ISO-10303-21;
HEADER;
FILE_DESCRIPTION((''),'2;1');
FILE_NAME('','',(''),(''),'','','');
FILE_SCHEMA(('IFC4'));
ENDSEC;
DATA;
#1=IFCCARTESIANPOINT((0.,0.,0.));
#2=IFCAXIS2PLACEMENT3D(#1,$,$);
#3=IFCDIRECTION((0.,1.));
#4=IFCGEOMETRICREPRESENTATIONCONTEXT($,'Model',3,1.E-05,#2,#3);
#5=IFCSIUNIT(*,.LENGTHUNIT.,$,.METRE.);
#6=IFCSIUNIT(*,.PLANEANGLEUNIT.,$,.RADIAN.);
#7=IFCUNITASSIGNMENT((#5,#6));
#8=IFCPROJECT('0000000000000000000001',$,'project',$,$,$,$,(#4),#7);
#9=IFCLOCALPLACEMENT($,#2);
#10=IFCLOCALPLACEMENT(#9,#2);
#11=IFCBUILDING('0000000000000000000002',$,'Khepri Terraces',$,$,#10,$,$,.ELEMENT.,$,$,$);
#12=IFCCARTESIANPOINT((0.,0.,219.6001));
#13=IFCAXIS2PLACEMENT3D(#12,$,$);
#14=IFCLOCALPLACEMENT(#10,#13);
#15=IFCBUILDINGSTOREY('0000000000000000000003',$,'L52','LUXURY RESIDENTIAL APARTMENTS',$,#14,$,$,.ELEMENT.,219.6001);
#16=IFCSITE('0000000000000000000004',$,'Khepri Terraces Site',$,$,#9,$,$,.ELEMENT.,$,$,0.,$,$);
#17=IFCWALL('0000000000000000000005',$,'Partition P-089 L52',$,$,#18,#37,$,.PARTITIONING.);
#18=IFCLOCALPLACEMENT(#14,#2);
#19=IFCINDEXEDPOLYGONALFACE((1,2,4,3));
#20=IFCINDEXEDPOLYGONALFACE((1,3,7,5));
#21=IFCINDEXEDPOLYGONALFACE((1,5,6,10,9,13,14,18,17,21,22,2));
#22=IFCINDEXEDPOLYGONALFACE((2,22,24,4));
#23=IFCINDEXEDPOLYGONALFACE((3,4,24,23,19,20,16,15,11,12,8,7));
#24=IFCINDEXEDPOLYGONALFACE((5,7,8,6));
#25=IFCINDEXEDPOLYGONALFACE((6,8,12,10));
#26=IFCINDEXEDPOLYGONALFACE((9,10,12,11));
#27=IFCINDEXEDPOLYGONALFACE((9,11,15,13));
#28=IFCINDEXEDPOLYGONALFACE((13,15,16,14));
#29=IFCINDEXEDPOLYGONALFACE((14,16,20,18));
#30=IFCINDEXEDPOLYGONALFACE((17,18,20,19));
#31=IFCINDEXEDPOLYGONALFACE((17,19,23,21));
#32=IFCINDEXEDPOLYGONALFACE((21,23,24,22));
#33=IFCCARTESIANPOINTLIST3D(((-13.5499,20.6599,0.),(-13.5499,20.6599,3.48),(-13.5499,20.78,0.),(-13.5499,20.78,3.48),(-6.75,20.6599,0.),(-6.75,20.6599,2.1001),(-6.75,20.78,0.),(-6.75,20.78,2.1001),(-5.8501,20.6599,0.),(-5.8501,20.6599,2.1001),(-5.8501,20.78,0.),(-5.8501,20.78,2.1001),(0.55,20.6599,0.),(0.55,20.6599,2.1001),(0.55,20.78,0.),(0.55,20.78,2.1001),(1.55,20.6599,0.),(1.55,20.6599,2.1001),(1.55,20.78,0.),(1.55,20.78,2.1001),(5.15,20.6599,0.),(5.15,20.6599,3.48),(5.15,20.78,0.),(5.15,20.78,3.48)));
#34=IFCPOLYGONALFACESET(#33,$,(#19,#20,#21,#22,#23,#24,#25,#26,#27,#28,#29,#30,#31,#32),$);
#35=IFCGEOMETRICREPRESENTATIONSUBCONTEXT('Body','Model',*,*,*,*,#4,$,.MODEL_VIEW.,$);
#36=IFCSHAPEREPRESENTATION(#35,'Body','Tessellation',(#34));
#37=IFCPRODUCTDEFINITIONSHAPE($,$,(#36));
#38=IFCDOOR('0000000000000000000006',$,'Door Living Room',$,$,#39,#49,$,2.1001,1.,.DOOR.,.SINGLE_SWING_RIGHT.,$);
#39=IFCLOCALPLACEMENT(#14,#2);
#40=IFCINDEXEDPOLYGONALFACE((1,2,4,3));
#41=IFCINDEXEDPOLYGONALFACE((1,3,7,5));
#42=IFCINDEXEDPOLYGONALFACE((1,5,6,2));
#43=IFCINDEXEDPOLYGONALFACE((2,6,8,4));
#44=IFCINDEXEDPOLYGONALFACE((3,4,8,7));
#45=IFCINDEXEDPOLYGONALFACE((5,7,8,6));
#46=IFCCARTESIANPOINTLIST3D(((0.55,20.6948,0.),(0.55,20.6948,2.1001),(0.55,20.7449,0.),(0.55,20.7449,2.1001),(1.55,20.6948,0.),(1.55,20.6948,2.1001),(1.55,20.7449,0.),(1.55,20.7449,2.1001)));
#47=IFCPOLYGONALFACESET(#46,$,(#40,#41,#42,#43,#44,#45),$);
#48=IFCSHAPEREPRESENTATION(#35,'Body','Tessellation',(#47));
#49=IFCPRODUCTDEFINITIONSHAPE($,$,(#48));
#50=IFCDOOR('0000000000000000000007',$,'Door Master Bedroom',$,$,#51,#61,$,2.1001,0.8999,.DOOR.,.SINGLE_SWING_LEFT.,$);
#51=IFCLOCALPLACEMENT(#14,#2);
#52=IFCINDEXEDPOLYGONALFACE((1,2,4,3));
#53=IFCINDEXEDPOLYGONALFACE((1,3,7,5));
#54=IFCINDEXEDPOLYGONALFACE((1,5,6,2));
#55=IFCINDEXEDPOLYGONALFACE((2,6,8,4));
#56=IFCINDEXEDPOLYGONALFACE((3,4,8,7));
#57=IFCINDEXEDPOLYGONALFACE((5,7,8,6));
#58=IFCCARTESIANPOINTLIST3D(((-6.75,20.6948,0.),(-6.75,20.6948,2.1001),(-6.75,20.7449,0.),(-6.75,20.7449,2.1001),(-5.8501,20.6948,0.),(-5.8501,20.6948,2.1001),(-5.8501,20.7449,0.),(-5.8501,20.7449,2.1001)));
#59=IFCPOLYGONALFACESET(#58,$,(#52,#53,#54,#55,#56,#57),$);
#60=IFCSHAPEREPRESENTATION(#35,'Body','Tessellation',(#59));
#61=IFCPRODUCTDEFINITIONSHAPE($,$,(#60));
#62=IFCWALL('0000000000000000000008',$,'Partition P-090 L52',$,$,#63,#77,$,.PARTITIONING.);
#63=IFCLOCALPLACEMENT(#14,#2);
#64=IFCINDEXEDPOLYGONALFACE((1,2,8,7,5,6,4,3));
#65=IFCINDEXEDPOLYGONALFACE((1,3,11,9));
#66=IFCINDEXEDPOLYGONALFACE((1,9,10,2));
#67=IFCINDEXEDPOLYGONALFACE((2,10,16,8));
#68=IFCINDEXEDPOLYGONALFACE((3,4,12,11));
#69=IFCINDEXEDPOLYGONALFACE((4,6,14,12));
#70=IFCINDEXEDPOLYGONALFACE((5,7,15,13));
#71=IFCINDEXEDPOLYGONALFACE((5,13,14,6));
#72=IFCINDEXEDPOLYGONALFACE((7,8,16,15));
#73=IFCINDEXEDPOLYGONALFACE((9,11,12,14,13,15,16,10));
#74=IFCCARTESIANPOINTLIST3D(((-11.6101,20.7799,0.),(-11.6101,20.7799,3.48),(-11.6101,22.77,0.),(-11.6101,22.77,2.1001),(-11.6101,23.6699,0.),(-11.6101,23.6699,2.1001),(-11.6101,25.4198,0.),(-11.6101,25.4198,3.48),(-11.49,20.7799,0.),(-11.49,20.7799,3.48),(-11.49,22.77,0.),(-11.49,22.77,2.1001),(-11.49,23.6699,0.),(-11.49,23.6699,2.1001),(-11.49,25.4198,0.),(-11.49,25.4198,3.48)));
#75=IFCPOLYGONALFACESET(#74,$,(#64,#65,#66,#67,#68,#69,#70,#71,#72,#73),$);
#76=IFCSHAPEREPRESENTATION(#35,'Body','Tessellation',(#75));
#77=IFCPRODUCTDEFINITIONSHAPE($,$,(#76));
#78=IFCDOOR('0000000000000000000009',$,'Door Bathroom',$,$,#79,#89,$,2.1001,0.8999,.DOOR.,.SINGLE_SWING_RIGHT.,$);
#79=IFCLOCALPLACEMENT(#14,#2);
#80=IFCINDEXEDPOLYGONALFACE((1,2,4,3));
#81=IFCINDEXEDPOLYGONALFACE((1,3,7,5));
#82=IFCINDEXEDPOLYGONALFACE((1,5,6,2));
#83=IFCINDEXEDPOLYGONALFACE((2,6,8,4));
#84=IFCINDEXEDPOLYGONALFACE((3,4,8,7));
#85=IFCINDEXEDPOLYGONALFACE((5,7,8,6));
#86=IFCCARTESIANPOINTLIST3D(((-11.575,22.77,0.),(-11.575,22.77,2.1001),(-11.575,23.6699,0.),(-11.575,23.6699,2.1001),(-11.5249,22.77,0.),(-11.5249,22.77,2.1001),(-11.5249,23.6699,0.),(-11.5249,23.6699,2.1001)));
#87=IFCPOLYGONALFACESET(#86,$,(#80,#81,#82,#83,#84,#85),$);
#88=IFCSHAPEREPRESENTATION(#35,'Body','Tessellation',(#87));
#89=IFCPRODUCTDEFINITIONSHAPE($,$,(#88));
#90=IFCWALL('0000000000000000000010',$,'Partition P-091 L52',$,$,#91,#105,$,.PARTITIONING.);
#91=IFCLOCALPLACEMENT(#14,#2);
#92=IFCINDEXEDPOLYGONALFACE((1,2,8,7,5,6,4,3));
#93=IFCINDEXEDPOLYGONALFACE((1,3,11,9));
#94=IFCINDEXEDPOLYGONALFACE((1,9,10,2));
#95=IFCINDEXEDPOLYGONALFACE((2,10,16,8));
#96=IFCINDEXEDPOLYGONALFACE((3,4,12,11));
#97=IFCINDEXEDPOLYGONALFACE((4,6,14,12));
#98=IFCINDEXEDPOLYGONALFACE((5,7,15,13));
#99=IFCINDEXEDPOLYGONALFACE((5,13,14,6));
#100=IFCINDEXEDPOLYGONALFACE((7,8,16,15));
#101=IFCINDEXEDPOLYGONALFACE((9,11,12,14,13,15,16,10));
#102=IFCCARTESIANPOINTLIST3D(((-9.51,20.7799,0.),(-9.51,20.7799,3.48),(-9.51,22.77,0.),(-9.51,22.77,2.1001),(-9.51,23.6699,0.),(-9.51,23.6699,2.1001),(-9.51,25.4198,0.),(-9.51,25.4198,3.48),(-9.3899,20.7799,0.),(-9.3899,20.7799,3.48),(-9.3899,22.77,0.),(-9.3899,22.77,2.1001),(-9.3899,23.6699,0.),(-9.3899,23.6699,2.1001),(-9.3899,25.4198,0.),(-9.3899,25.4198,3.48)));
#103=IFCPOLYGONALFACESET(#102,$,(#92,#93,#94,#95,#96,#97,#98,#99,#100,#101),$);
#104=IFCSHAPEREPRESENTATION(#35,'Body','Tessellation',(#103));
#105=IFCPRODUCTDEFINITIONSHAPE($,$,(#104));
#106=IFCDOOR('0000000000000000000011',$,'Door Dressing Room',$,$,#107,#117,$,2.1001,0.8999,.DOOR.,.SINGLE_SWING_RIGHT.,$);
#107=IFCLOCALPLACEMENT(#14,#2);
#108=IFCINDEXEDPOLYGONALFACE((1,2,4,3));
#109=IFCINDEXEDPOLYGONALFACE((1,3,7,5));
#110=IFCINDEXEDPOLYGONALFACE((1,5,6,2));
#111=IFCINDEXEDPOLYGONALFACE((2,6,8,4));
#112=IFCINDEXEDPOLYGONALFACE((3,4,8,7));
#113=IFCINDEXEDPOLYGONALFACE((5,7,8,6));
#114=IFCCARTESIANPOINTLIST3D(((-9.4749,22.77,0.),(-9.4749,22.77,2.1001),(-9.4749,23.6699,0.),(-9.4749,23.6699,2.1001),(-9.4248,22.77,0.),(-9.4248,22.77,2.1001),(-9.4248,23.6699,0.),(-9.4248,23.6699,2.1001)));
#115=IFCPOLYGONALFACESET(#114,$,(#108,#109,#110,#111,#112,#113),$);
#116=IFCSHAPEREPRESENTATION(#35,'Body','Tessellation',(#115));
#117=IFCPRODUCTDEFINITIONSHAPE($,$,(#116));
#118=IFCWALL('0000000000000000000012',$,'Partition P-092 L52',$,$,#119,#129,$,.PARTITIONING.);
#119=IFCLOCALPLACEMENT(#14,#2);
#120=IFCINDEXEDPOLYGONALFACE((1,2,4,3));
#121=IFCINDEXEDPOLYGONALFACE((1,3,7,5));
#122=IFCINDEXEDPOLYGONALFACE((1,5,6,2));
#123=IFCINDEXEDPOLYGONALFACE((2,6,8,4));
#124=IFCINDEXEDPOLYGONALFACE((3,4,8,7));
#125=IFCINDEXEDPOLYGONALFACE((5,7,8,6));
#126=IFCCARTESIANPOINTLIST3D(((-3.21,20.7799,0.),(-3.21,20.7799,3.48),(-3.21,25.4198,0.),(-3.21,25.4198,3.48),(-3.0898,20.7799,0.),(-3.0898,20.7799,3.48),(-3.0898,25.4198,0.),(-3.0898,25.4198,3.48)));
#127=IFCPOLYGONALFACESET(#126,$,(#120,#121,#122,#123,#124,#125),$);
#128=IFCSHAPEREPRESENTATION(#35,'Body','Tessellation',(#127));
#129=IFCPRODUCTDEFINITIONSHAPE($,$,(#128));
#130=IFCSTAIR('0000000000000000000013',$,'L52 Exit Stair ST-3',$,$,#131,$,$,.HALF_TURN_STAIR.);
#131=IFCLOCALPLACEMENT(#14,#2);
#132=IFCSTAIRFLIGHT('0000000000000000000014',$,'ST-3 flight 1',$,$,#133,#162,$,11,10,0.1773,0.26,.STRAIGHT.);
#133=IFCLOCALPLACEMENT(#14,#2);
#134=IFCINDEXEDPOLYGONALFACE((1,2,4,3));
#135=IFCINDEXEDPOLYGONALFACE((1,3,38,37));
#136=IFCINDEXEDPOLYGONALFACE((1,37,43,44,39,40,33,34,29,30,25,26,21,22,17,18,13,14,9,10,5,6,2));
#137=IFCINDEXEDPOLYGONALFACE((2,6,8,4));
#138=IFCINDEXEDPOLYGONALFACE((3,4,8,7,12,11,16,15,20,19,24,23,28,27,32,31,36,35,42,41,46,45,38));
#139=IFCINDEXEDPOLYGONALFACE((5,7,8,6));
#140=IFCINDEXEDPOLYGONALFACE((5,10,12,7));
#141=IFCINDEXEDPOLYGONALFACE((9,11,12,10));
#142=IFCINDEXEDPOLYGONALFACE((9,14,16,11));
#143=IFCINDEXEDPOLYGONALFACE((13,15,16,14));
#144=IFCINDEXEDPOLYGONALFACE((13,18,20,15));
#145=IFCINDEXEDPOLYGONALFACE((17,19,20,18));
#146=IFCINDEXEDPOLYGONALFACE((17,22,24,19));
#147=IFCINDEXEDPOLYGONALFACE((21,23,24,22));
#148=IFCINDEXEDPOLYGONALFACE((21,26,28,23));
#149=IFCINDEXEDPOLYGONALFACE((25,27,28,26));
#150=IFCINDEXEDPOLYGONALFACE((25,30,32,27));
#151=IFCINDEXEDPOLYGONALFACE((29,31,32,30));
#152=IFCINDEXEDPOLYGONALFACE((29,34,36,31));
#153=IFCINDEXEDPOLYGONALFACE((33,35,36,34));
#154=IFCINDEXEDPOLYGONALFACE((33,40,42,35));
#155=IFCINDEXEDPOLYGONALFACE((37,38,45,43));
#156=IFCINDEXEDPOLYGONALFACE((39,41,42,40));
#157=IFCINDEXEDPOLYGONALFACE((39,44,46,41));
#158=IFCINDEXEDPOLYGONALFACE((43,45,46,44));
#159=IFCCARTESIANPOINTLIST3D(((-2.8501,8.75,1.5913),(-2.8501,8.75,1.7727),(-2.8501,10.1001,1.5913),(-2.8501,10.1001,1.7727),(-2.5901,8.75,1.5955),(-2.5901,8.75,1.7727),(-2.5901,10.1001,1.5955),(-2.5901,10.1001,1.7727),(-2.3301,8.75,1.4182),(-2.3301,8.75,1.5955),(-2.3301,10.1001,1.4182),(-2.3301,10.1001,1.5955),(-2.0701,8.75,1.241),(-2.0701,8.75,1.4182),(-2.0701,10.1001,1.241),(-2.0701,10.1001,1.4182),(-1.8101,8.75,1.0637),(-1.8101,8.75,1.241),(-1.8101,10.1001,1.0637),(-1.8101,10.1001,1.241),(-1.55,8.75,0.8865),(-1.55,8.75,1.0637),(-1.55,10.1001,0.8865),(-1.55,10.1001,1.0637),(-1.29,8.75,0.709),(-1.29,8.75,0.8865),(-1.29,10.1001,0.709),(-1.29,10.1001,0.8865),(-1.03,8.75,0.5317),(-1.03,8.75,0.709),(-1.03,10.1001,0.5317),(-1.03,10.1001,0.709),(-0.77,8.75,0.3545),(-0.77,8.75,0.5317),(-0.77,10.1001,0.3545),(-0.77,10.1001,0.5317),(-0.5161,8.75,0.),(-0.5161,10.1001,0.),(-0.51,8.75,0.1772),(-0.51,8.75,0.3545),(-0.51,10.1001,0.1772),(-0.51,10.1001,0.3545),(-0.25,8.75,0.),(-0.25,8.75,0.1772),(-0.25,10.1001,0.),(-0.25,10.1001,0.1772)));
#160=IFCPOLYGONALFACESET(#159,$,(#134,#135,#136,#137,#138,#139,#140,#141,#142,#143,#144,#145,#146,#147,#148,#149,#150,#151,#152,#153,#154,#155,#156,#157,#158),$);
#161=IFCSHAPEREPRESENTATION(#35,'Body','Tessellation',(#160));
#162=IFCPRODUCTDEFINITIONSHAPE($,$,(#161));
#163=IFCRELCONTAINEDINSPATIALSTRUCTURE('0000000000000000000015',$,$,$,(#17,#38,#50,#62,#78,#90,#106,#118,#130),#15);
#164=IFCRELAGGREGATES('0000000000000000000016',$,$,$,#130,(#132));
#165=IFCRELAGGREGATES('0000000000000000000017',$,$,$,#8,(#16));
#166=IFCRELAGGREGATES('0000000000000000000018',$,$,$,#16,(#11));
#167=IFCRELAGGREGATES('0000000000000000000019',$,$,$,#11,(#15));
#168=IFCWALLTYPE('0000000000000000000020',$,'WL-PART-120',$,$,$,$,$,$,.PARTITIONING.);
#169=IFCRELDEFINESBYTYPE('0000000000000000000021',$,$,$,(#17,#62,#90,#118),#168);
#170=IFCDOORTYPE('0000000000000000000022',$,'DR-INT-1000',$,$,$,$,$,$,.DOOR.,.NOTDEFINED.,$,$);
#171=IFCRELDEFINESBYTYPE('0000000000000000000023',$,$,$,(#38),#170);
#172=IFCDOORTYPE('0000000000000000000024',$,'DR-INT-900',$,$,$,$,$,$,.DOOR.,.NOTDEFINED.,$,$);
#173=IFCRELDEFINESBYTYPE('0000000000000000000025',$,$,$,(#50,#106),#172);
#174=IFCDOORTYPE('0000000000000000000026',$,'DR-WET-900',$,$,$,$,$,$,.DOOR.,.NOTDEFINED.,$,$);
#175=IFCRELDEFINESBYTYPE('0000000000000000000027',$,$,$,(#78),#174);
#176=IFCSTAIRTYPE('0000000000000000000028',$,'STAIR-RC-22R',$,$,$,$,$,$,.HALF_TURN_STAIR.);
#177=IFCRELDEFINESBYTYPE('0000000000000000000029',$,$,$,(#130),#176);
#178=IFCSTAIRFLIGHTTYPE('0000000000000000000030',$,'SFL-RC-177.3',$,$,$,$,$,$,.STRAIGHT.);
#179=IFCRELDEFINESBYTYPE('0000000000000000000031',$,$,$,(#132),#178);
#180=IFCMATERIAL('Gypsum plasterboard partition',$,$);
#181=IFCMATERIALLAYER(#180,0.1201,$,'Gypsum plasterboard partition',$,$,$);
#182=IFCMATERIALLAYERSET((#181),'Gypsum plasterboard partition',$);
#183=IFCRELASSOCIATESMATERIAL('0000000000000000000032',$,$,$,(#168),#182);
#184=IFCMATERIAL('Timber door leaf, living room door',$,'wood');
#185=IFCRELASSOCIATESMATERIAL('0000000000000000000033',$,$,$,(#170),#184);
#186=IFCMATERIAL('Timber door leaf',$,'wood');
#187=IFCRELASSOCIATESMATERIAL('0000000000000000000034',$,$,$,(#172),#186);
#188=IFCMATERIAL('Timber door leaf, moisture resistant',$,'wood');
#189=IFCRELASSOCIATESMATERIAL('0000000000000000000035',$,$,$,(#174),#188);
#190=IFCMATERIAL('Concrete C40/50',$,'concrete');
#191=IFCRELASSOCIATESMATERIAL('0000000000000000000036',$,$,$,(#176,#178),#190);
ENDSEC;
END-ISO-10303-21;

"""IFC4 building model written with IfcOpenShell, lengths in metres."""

from ifc_helpers import new_model, si_unit, direction, frame, frame_2d, origin, place, context, subcontext, project, spatial, polyline, rectangle, outline, extrude, material, layer, layer_set, type_object, element, fill, aggregate, save


model = new_model("IFC4")

# Units and contexts
model_context = context("Model", 3, precision=1e-05, world=origin(), true_north=direction((0.0, 1.0)))
body_context = subcontext(model_context, "Body", "Model", "MODEL_VIEW")
ifc_project = project(units=[si_unit("LENGTHUNIT", "METRE"), si_unit("PLANEANGLEUNIT", "RADIAN")], contexts=[model_context])

# Site, building, storey
site_placement = place(None, origin())
site = spatial("IfcSite", under=ifc_project, at=site_placement, Name="Khepri Terraces Site", CompositionType="ELEMENT", RefElevation=0.0)
building_placement = place(site_placement, origin())
building = spatial("IfcBuilding", under=site, at=building_placement, Name="Khepri Terraces", CompositionType="ELEMENT")
storey_placement = place(building_placement, frame((0.0, 0.0, 219.6001)))
storey = spatial("IfcBuildingStorey", under=building, at=storey_placement, Name="L52", Description="LUXURY RESIDENTIAL APARTMENTS", CompositionType="ELEMENT", Elevation=219.6001)

# Shared definitions
ifc_material_1 = material(Name="Gypsum plasterboard partition")
ifc_layer_1 = layer(ifc_material_1, 0.1201, Name="Gypsum plasterboard partition")
ifc_layer_set_1 = layer_set([ifc_layer_1], Name="Gypsum plasterboard partition")
wall_type_1 = type_object("IfcWallType", Name="WL-PART-120", PredefinedType="PARTITIONING", material=ifc_layer_set_1)

# Wall, openings, doors
wall_1_placement = place(storey_placement, frame((-13.55, 20.72, 0.0), z_axis=(0.0, 0.0, 1.0), x_axis=(1.0, 0.0, 0.0)))
wall_1 = element("IfcWall", 1, at=wall_1_placement, inside=storey, type_object=wall_type_1, Name="Partition P-089 L52", PredefinedType="PARTITIONING", context=body_context, shape_type="SweptSolid", body=[
    extrude(rectangle(XDim=18.7, YDim=0.1201, at=frame_2d((9.3501, 0.0))), origin(), (0.0, 0.0, 1.0), 3.48),
])
opening_1_placement = place(wall_1_placement, frame((14.1001, 0.0, 0.0)))
opening_1 = element("IfcOpeningElement", 2, at=opening_1_placement, cuts=wall_1, PredefinedType="OPENING", context=body_context, shape_type="SweptSolid", body=[
    extrude(rectangle(XDim=1.0, YDim=2.1001, at=frame_2d((0.5, 1.05))), frame((0.0, 0.0701, 0.0), z_axis=(0.0, -1.0, 0.0), x_axis=(1.0, 0.0, 0.0)), (0.0, 0.0, 1.0), 0.1401),
])
opening_2_placement = place(wall_1_placement, frame((6.8, 0.0, 0.0)))
opening_2 = element("IfcOpeningElement", 3, at=opening_2_placement, cuts=wall_1, PredefinedType="OPENING", context=body_context, shape_type="SweptSolid", body=[
    extrude(rectangle(XDim=0.8999, YDim=2.1001, at=frame_2d((0.45, 1.05))), frame((0.0, 0.0701, 0.0), z_axis=(0.0, -1.0, 0.0), x_axis=(1.0, 0.0, 0.0)), (0.0, 0.0, 1.0), 0.1401),
])
ifc_material_2 = material(Name="Timber door leaf, living room door", Category="wood")
door_type_1 = type_object("IfcDoorType", Name="DR-INT-1000", OperationType="NOTDEFINED", PredefinedType="DOOR", material=ifc_material_2)
door_1_placement = place(opening_1_placement, origin())
door_1 = element("IfcDoor", 4, at=door_1_placement, inside=storey, type_object=door_type_1, Name="Door Living Room", OperationType="SINGLE_SWING_RIGHT", OverallHeight=2.1001, OverallWidth=1.0, PredefinedType="DOOR", context=body_context, shape_type="SweptSolid", body=[
    extrude(rectangle(XDim=1.0, YDim=2.1001, at=frame_2d((0.5, 1.05))), frame((0.0, 0.0249, 0.0), z_axis=(0.0, -1.0, 0.0), x_axis=(1.0, 0.0, 0.0)), (0.0, 0.0, 1.0), 0.05),
])
fill(opening_1, door_1)
ifc_material_3 = material(Name="Timber door leaf", Category="wood")
door_type_2 = type_object("IfcDoorType", Name="DR-INT-900", OperationType="NOTDEFINED", PredefinedType="DOOR", material=ifc_material_3)
door_2_placement = place(opening_2_placement, origin())
door_2 = element("IfcDoor", 5, at=door_2_placement, inside=storey, type_object=door_type_2, Name="Door Master Bedroom", OperationType="SINGLE_SWING_LEFT", OverallHeight=2.1001, OverallWidth=0.8999, PredefinedType="DOOR", context=body_context, shape_type="SweptSolid", body=[
    extrude(rectangle(XDim=0.8999, YDim=2.1001, at=frame_2d((0.45, 1.05))), frame((0.0, 0.0249, 0.0), z_axis=(0.0, -1.0, 0.0), x_axis=(1.0, 0.0, 0.0)), (0.0, 0.0, 1.0), 0.05),
])
fill(opening_2, door_2)

# Walls, openings, doors
wall_2_placement = place(storey_placement, frame((-11.55, 20.78, 0.0), z_axis=(0.0, 0.0, 1.0), x_axis=(0.0, 1.0, 0.0)))
wall_2 = element("IfcWall", 6, at=wall_2_placement, inside=storey, type_object=wall_type_1, Name="Partition P-090 L52", PredefinedType="PARTITIONING", context=body_context, shape_type="SweptSolid", body=[
    extrude(rectangle(XDim=4.6399, YDim=0.1201, at=frame_2d((2.3198, 0.0))), origin(), (0.0, 0.0, 1.0), 3.48),
])
opening_3_placement = place(wall_2_placement, frame((1.99, 0.0, 0.0)))
opening_3 = element("IfcOpeningElement", 7, at=opening_3_placement, cuts=wall_2, PredefinedType="OPENING", context=body_context, shape_type="SweptSolid", body=[
    extrude(rectangle(XDim=0.8999, YDim=2.1001, at=frame_2d((0.45, 1.05))), frame((0.0, 0.0701, 0.0), z_axis=(0.0, -1.0, 0.0), x_axis=(1.0, 0.0, 0.0)), (0.0, 0.0, 1.0), 0.1401),
])
ifc_material_4 = material(Name="Timber door leaf, moisture resistant", Category="wood")
door_type_3 = type_object("IfcDoorType", Name="DR-WET-900", OperationType="NOTDEFINED", PredefinedType="DOOR", material=ifc_material_4)
door_3_placement = place(opening_3_placement, origin())
door_3 = element("IfcDoor", 8, at=door_3_placement, inside=storey, type_object=door_type_3, Name="Door Bathroom", OperationType="SINGLE_SWING_RIGHT", OverallHeight=2.1001, OverallWidth=0.8999, PredefinedType="DOOR", context=body_context, shape_type="SweptSolid", body=[
    extrude(rectangle(XDim=0.8999, YDim=2.1001, at=frame_2d((0.45, 1.05))), frame((0.0, 0.0249, 0.0), z_axis=(0.0, -1.0, 0.0), x_axis=(1.0, 0.0, 0.0)), (0.0, 0.0, 1.0), 0.05),
])
fill(opening_3, door_3)
wall_3_placement = place(storey_placement, frame((-9.45, 20.78, 0.0), z_axis=(0.0, 0.0, 1.0), x_axis=(0.0, 1.0, 0.0)))
wall_3 = element("IfcWall", 9, at=wall_3_placement, inside=storey, type_object=wall_type_1, Name="Partition P-091 L52", PredefinedType="PARTITIONING", context=body_context, shape_type="SweptSolid", body=[
    extrude(rectangle(XDim=4.6399, YDim=0.1201, at=frame_2d((2.3198, 0.0))), origin(), (0.0, 0.0, 1.0), 3.48),
])
opening_4_placement = place(wall_3_placement, frame((1.99, 0.0, 0.0)))
opening_4 = element("IfcOpeningElement", 10, at=opening_4_placement, cuts=wall_3, PredefinedType="OPENING", context=body_context, shape_type="SweptSolid", body=[
    extrude(rectangle(XDim=0.8999, YDim=2.1001, at=frame_2d((0.45, 1.05))), frame((0.0, 0.0701, 0.0), z_axis=(0.0, -1.0, 0.0), x_axis=(1.0, 0.0, 0.0)), (0.0, 0.0, 1.0), 0.1401),
])
door_4_placement = place(opening_4_placement, origin())
door_4 = element("IfcDoor", 11, at=door_4_placement, inside=storey, type_object=door_type_2, Name="Door Dressing Room", OperationType="SINGLE_SWING_RIGHT", OverallHeight=2.1001, OverallWidth=0.8999, PredefinedType="DOOR", context=body_context, shape_type="SweptSolid", body=[
    extrude(rectangle(XDim=0.8999, YDim=2.1001, at=frame_2d((0.45, 1.05))), frame((0.0, 0.0249, 0.0), z_axis=(0.0, -1.0, 0.0), x_axis=(1.0, 0.0, 0.0)), (0.0, 0.0, 1.0), 0.05),
])
fill(opening_4, door_4)

# Wall
wall_4_placement = place(storey_placement, frame((-3.1499, 20.78, 0.0), z_axis=(0.0, 0.0, 1.0), x_axis=(0.0, 1.0, 0.0)))
element("IfcWall", 12, at=wall_4_placement, inside=storey, type_object=wall_type_1, Name="Partition P-092 L52", PredefinedType="PARTITIONING", context=body_context, shape_type="SweptSolid", body=[
    extrude(rectangle(XDim=4.6399, YDim=0.1201, at=frame_2d((2.3198, 0.0))), origin(), (0.0, 0.0, 1.0), 3.48),
])

# Stair, stair flight
ifc_material_5 = material(Name="Concrete C40/50", Category="concrete")
stair_type = type_object("IfcStairType", Name="STAIR-RC-22R", PredefinedType="HALF_TURN_STAIR", material=ifc_material_5)
stair_placement = place(storey_placement, origin())
stair = element("IfcStair", 13, at=stair_placement, inside=storey, type_object=stair_type, Name="L52 Exit Stair ST-3", PredefinedType="HALF_TURN_STAIR")
stair_flight_type = type_object("IfcStairFlightType", Name="SFL-RC-177.3", PredefinedType="STRAIGHT", material=ifc_material_5)
stair_flight_placement = place(storey_placement, frame((-0.25, 9.425, 0.0), z_axis=(0.0, 0.0, 1.0), x_axis=(-1.0, 0.0, 0.0)))
stair_flight = element("IfcStairFlight", 14, at=stair_flight_placement, type_object=stair_flight_type, Name="ST-3 flight 1", NumberOfRisers=11, NumberOfTreads=10, PredefinedType="STRAIGHT", RiserHeight=0.1773, TreadLength=0.26, context=body_context, shape_type="SweptSolid", body=[
    extrude(outline(polyline([(0.0, 0.0), (0.0, 0.1772), (0.26, 0.1772), (0.26, 0.3545), (0.52, 0.3545), (0.52, 0.5317), (0.78, 0.5317), (0.78, 0.709), (1.04, 0.709), (1.04, 0.8865), (1.3, 0.8865), (1.3, 1.0637), (1.5601, 1.0637), (1.5601, 1.241), (1.8201, 1.241), (1.8201, 1.4182), (2.0801, 1.4182), (2.0801, 1.5955), (2.3401, 1.5955), (2.3401, 1.7727), (2.6001, 1.7727), (2.6001, 1.95), (2.6001, 1.5913), (0.2661, 0.0), (0.0, 0.0)])), frame((0.0, 0.675, 0.0), z_axis=(0.0, -1.0, 0.0), x_axis=(1.0, 0.0, 0.0)), (0.0, 0.0, 1.0), 1.3501),
])
aggregate(stair, [stair_flight])

save(model, "model.ifc")
